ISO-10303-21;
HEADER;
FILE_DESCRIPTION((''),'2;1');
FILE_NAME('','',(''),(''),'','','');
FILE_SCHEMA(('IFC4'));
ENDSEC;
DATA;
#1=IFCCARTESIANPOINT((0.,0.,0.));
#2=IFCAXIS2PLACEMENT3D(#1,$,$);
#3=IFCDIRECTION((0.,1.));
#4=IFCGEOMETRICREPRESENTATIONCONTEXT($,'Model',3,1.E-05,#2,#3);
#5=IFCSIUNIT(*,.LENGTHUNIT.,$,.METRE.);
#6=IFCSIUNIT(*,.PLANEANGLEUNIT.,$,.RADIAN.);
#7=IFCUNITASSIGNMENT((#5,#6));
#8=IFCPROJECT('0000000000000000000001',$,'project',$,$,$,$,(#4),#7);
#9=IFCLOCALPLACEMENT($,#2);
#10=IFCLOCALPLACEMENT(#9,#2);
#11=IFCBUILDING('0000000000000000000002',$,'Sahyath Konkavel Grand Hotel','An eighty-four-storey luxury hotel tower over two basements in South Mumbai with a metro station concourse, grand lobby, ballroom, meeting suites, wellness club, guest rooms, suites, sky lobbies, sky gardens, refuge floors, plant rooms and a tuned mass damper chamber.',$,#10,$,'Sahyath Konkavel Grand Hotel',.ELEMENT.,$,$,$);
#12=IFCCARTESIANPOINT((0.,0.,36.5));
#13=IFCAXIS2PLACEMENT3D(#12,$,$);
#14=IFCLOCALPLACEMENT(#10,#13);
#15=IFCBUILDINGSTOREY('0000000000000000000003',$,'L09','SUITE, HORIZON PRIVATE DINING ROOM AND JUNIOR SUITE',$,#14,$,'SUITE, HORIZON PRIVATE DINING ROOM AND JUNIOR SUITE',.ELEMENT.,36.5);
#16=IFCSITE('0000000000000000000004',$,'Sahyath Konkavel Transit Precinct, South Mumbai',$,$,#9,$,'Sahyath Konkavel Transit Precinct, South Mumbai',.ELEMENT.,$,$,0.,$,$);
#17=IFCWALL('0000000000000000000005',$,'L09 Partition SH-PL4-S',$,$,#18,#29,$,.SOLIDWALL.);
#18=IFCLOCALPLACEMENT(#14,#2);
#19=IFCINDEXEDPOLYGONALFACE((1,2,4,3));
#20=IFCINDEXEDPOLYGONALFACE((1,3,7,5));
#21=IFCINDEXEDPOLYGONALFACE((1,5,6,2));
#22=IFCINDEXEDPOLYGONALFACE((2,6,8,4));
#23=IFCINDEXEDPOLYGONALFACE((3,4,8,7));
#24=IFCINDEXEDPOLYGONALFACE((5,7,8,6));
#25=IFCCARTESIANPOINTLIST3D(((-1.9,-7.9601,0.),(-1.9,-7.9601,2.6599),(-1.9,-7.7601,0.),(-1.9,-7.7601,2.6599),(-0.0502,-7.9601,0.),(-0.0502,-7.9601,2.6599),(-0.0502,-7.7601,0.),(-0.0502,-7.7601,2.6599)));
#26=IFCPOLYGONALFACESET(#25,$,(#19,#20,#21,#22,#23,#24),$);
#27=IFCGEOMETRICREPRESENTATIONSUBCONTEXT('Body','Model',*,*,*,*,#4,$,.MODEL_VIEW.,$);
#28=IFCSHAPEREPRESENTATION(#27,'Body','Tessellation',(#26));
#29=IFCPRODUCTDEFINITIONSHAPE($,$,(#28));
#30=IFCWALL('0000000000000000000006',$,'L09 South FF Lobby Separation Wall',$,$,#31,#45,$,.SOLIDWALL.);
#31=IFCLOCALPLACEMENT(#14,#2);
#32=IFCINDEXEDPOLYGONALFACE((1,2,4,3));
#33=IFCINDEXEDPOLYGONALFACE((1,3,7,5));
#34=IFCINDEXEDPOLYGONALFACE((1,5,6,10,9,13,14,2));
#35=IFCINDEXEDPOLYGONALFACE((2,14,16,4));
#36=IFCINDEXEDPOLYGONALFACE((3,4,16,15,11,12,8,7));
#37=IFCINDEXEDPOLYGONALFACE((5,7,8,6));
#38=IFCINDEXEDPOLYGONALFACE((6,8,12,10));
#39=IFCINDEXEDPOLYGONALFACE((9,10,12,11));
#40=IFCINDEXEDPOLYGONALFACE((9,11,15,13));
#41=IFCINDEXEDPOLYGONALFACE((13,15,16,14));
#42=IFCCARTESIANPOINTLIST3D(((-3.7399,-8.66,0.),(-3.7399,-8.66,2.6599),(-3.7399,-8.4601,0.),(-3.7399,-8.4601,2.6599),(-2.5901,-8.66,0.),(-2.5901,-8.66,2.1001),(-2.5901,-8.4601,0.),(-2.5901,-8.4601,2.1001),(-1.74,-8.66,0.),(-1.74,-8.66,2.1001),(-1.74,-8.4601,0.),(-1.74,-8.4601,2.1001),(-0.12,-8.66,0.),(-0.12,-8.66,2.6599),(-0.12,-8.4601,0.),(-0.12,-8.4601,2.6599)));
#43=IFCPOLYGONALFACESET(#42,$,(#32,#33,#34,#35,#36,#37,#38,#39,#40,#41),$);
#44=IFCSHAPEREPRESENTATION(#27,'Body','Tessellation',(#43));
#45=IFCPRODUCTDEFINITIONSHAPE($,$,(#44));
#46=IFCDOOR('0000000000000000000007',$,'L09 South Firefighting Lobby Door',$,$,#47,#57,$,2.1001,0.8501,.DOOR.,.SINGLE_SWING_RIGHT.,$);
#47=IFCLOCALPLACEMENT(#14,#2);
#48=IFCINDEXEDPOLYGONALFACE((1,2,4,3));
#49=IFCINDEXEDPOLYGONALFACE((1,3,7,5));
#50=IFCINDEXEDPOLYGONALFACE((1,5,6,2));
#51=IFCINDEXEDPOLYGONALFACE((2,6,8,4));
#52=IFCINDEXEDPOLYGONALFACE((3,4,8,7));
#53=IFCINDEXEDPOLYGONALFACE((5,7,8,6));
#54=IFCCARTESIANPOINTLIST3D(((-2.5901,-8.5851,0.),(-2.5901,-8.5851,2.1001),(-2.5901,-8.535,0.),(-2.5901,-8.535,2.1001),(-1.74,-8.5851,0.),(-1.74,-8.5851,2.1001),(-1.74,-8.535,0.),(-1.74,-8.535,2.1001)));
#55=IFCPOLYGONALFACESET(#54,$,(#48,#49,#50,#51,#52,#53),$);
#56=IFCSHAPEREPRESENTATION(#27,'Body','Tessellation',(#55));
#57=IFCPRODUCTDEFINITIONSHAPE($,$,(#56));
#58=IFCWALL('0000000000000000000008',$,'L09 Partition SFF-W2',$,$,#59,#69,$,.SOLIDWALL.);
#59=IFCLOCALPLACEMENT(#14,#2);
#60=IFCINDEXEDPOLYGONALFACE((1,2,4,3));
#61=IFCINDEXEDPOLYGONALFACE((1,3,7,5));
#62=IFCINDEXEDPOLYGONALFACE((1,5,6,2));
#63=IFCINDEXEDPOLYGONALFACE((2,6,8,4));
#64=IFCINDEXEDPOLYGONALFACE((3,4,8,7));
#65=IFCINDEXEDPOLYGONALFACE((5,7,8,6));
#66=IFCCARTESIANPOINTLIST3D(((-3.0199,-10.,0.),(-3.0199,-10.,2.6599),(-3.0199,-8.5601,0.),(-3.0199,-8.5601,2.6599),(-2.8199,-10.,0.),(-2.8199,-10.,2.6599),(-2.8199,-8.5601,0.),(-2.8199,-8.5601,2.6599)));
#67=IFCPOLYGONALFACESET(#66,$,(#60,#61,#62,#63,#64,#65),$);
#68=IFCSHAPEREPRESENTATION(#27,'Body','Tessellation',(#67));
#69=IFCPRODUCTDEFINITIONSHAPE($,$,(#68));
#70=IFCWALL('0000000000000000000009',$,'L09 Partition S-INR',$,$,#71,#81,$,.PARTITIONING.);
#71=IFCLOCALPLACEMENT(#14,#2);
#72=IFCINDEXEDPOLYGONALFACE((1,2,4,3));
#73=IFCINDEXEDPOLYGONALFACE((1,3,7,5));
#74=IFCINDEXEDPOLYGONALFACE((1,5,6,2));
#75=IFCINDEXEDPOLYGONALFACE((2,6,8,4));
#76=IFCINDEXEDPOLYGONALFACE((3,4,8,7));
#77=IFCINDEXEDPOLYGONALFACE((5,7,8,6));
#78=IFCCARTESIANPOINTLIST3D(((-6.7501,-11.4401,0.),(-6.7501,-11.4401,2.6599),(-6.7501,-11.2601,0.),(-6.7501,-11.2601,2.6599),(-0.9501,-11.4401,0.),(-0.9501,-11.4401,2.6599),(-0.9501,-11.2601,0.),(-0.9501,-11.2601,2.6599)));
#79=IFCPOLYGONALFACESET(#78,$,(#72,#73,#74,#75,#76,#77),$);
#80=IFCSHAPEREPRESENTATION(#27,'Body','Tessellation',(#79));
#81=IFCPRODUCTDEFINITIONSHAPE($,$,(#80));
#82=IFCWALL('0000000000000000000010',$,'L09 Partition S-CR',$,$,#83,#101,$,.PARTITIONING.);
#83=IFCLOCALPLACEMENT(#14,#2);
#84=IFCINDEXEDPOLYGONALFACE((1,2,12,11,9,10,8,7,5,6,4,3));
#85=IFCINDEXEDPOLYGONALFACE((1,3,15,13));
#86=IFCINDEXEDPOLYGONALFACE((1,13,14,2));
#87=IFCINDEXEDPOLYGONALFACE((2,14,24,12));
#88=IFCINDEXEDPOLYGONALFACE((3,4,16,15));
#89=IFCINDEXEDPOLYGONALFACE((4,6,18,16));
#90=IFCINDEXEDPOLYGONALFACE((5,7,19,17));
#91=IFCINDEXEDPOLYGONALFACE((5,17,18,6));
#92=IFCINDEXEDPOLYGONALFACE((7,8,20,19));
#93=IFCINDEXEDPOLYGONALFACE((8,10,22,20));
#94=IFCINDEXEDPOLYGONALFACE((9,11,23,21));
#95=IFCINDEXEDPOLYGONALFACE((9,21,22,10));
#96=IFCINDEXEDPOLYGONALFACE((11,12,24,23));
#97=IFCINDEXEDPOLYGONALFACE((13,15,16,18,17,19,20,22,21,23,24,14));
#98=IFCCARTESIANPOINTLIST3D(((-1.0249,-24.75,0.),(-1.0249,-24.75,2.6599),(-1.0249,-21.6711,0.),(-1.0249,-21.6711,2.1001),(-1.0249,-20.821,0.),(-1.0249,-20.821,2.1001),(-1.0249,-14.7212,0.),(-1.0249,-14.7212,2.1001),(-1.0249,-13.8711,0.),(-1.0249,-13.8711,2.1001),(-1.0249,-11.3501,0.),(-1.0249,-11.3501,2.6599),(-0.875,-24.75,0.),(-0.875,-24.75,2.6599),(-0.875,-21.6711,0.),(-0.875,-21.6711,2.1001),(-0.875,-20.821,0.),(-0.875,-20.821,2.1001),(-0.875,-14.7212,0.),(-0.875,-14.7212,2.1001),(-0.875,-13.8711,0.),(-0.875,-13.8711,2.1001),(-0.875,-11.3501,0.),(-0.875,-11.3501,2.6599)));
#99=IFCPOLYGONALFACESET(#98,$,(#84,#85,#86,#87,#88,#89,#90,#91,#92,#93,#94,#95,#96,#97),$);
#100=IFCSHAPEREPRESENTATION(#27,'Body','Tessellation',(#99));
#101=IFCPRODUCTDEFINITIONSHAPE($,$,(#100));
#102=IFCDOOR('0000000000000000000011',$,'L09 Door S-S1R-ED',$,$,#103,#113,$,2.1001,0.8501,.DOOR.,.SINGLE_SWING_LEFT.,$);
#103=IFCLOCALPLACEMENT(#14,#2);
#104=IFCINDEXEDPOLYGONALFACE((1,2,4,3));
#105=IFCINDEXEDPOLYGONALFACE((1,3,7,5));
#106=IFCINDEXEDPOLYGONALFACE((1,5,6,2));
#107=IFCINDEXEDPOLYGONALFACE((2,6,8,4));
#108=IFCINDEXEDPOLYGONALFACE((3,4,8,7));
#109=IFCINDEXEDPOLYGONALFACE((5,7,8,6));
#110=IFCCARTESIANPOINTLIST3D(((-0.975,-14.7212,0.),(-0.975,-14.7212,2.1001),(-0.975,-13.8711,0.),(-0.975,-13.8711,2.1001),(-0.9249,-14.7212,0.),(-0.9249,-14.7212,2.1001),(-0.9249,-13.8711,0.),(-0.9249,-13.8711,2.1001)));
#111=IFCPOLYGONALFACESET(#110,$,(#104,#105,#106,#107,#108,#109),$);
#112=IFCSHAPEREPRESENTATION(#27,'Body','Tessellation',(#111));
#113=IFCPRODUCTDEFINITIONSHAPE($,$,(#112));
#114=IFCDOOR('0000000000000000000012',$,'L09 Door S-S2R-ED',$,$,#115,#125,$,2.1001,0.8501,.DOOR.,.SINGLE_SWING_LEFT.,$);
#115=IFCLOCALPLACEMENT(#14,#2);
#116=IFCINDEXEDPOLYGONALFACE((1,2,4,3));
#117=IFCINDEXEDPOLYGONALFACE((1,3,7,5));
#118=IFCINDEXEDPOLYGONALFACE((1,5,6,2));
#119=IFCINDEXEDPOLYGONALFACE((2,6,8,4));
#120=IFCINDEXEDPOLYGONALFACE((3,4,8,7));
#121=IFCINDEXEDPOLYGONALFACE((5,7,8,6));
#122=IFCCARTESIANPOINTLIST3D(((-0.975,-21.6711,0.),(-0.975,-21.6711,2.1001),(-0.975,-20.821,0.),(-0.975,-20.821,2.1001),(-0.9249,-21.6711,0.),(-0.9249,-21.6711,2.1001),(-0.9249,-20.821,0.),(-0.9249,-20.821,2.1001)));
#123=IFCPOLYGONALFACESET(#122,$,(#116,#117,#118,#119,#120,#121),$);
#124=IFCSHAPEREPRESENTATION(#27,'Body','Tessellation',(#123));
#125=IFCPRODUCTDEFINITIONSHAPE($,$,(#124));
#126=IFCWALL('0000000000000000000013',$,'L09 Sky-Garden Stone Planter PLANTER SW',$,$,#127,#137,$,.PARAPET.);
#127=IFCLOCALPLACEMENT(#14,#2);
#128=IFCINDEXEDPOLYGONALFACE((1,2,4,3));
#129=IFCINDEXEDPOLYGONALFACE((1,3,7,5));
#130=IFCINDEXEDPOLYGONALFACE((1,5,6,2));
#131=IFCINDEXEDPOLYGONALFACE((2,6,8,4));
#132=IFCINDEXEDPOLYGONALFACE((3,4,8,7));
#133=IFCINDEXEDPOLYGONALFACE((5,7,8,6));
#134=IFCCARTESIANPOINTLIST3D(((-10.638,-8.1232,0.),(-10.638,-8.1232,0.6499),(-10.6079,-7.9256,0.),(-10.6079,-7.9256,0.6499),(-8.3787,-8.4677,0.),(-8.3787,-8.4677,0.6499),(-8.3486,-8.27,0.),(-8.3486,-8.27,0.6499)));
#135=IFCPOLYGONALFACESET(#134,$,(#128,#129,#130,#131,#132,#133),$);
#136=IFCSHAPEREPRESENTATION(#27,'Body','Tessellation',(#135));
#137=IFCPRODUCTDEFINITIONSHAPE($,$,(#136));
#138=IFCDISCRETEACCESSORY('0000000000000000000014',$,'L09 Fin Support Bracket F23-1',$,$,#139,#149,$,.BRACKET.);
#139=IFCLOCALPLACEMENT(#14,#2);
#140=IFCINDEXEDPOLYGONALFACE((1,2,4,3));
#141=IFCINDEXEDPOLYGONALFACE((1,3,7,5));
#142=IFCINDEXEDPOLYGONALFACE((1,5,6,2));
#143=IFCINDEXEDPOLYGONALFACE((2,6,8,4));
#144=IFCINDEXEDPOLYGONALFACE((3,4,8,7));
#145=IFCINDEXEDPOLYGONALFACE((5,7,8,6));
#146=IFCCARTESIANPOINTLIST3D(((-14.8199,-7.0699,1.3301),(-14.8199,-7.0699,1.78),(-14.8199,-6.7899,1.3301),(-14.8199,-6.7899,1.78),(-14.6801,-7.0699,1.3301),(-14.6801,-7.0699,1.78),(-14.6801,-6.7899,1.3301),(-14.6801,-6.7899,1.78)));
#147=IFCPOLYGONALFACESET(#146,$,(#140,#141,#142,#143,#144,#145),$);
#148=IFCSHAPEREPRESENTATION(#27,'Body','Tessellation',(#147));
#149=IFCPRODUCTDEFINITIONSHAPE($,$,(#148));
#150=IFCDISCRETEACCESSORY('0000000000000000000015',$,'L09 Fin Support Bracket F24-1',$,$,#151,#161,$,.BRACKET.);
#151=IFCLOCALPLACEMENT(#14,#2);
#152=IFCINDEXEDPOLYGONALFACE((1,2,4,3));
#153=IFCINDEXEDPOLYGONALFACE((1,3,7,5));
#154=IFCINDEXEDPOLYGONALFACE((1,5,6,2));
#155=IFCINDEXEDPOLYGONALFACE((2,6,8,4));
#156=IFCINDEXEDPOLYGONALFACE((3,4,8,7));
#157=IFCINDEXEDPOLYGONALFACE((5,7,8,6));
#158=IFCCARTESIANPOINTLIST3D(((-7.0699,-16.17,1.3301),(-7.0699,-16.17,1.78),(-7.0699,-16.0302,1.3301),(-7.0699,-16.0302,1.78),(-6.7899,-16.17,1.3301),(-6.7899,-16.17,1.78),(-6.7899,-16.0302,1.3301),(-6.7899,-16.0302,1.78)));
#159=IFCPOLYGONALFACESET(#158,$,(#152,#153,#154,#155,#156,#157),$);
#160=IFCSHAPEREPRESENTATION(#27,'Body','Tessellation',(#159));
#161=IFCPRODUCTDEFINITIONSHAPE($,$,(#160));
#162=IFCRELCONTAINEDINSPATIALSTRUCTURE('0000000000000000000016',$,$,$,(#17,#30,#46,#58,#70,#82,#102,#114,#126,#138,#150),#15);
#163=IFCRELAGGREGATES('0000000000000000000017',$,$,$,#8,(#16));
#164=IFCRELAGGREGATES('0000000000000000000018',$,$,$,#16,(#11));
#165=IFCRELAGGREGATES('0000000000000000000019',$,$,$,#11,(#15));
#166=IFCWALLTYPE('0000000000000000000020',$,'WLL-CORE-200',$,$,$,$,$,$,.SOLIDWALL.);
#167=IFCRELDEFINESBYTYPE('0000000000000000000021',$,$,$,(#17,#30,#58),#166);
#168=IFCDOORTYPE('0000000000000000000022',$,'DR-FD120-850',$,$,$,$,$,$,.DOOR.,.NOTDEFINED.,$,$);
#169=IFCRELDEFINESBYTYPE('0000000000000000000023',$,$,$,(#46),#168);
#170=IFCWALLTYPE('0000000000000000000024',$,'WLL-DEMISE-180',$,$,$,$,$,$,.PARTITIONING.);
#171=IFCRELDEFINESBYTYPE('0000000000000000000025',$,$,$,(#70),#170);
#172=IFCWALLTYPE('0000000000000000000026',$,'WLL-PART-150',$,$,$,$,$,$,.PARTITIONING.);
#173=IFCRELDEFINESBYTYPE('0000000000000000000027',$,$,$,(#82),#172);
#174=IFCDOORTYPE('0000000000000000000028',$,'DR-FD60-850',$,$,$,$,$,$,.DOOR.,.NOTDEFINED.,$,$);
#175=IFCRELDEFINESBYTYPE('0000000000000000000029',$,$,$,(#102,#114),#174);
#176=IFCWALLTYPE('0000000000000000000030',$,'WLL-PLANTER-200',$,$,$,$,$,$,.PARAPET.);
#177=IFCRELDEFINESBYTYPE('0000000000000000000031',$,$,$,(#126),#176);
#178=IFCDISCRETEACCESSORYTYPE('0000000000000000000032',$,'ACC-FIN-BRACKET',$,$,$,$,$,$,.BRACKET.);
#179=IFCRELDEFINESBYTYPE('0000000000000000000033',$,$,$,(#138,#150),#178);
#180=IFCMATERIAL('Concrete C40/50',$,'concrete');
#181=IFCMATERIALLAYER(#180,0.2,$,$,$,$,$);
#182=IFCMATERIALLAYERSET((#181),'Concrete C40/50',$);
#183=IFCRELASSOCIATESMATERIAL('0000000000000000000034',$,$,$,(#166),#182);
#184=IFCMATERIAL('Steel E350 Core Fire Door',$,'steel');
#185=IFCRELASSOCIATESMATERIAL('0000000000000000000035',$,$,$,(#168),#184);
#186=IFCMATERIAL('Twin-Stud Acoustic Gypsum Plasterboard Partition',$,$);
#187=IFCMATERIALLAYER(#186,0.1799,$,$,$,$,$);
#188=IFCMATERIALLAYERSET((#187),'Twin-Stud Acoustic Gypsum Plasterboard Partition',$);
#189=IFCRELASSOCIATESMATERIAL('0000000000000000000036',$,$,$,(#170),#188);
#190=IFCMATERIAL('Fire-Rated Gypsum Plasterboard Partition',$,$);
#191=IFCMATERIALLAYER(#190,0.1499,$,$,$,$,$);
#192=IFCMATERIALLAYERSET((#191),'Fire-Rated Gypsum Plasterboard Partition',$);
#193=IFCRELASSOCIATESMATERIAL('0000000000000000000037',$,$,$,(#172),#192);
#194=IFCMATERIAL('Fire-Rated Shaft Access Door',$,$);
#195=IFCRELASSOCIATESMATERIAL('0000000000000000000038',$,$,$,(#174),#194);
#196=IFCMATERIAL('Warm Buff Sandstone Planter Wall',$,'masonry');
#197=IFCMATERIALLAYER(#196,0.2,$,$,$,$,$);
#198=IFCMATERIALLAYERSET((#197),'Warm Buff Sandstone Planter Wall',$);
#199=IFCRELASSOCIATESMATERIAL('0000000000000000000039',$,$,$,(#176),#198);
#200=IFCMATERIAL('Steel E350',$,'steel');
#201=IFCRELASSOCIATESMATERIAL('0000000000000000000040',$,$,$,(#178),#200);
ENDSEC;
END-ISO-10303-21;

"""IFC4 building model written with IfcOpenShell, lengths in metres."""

from ifc_helpers import new_model, si_unit, direction, frame, frame_2d, origin, origin_2d, place, context, subcontext, project, spatial, rectangle, extrude, source, transform, mapped, material, layer, layer_set, type_object, element, fill, save


model = new_model("IFC4")

# Units and contexts
model_context = context("Model", 3, precision=1e-05, world=origin(), true_north=direction((0.0, 1.0)))
body_context = subcontext(model_context, "Body", "Model", "MODEL_VIEW")
ifc_project = project(units=[si_unit("LENGTHUNIT", "METRE"), si_unit("PLANEANGLEUNIT", "RADIAN")], contexts=[model_context])

# Site, building, storey
site_placement = place(None, origin())
site = spatial("IfcSite", under=ifc_project, at=site_placement, Name="Sahyath Konkavel Transit Precinct, South Mumbai", LongName="Sahyath Konkavel Transit Precinct, South Mumbai", CompositionType="ELEMENT", RefElevation=0.0)
building_placement = place(site_placement, origin())
building = spatial("IfcBuilding", under=site, at=building_placement, Name="Sahyath Konkavel Grand Hotel", Description="An eighty-four-storey luxury hotel tower over two basements in South Mumbai with a metro station concourse, grand lobby, ballroom, meeting suites, wellness club, guest rooms, suites, sky lobbies, sky gardens, refuge floors, plant rooms and a tuned mass damper chamber.", LongName="Sahyath Konkavel Grand Hotel", CompositionType="ELEMENT")
storey_placement = place(building_placement, frame((0.0, 0.0, 36.5)))
storey = spatial("IfcBuildingStorey", under=building, at=storey_placement, Name="L09", Description="SUITE, HORIZON PRIVATE DINING ROOM AND JUNIOR SUITE", LongName="SUITE, HORIZON PRIVATE DINING ROOM AND JUNIOR SUITE", CompositionType="ELEMENT", Elevation=36.5)

# Shared definitions
ifc_material_1 = material(Name="Steel E350", Category="steel")

# Wall
ifc_material_2 = material(Name="Concrete C40/50", Category="concrete")
ifc_layer_1 = layer(ifc_material_2, 0.2)
ifc_layer_set_1 = layer_set([ifc_layer_1], Name="Concrete C40/50")
wall_type_1 = type_object("IfcWallType", Name="WLL-CORE-200", PredefinedType="SOLIDWALL", material=ifc_layer_set_1)
wall_1_placement = place(storey_placement, frame((-1.8999, -7.8601, 0.0), z_axis=(0.0, 0.0, 1.0), x_axis=(1.0, 0.0, 0.0)))
element("IfcWall", 1, at=wall_1_placement, inside=storey, type_object=wall_type_1, Name="L09 Partition SH-PL4-S", PredefinedType="SOLIDWALL", context=body_context, shape_type="SweptSolid", body=[
    extrude(rectangle(XDim=1.8499, YDim=0.2, at=frame_2d((0.9248, 0.0))), origin(), (0.0, 0.0, 1.0), 2.6599),
])

# Wall, opening, door
wall_2_placement = place(storey_placement, frame((-3.74, -8.5601, 0.0), z_axis=(0.0, 0.0, 1.0), x_axis=(1.0, 0.0, 0.0)))
wall_2 = element("IfcWall", 2, at=wall_2_placement, inside=storey, type_object=wall_type_1, Name="L09 South FF Lobby Separation Wall", PredefinedType="SOLIDWALL", context=body_context, shape_type="SweptSolid", body=[
    extrude(rectangle(XDim=3.6199, YDim=0.2, at=frame_2d((1.8101, 0.0))), origin(), (0.0, 0.0, 1.0), 2.6599),
])
opening_1_placement = place(wall_2_placement, frame((1.1499, 0.0, 0.0)))
opening_1 = element("IfcOpeningElement", 3, at=opening_1_placement, cuts=wall_2, PredefinedType="OPENING", context=body_context, shape_type="SweptSolid", body=[
    extrude(rectangle(XDim=0.8501, YDim=2.1001, at=frame_2d((0.425, 1.05))), frame((0.0, 0.1099, 0.0), z_axis=(0.0, -1.0, 0.0), x_axis=(1.0, 0.0, 0.0)), (0.0, 0.0, 1.0), 0.22),
])
ifc_material_3 = material(Name="Steel E350 Core Fire Door", Category="steel")
door_type_1 = type_object("IfcDoorType", Name="DR-FD120-850", OperationType="NOTDEFINED", PredefinedType="DOOR", material=ifc_material_3)
shared_shape_1 = source(origin(), body_context, "Body", "SweptSolid", [
    extrude(rectangle(XDim=0.8501, YDim=0.05, at=origin_2d()), origin(), (0.0, 0.0, 1.0), 2.1001),
])
door_1_placement = place(opening_1_placement, frame((0.425, 0.0, 0.0)))
door_1 = element("IfcDoor", 4, at=door_1_placement, inside=storey, type_object=door_type_1, Name="L09 South Firefighting Lobby Door", OperationType="SINGLE_SWING_RIGHT", OverallHeight=2.1001, OverallWidth=0.8501, PredefinedType="DOOR", context=body_context, shape_type="MappedRepresentation", body=[
    mapped(shared_shape_1, transform((0.0, 0.0, 0.0), scale=1.0)),
])
fill(opening_1, door_1)

# Walls
wall_3_placement = place(storey_placement, frame((-2.9199, -10.0, 0.0), z_axis=(0.0, 0.0, 1.0), x_axis=(0.0, 1.0, 0.0)))
element("IfcWall", 5, at=wall_3_placement, inside=storey, type_object=wall_type_1, Name="L09 Partition SFF-W2", PredefinedType="SOLIDWALL", context=body_context, shape_type="SweptSolid", body=[
    extrude(rectangle(XDim=1.4399, YDim=0.2, at=frame_2d((0.72, 0.0))), origin(), (0.0, 0.0, 1.0), 2.6599),
])
ifc_material_4 = material(Name="Twin-Stud Acoustic Gypsum Plasterboard Partition")
ifc_layer_2 = layer(ifc_material_4, 0.1799)
ifc_layer_set_2 = layer_set([ifc_layer_2], Name="Twin-Stud Acoustic Gypsum Plasterboard Partition")
wall_type_2 = type_object("IfcWallType", Name="WLL-DEMISE-180", PredefinedType="PARTITIONING", material=ifc_layer_set_2)
wall_4_placement = place(storey_placement, frame((-6.75, -11.3501, 0.0), z_axis=(0.0, 0.0, 1.0), x_axis=(1.0, 0.0, 0.0)))
element("IfcWall", 6, at=wall_4_placement, inside=storey, type_object=wall_type_2, Name="L09 Partition S-INR", PredefinedType="PARTITIONING", context=body_context, shape_type="SweptSolid", body=[
    extrude(rectangle(XDim=5.8, YDim=0.1799, at=frame_2d((2.8999, 0.0))), origin(), (0.0, 0.0, 1.0), 2.6599),
])

# Wall, openings, doors
ifc_material_5 = material(Name="Fire-Rated Gypsum Plasterboard Partition")
ifc_layer_3 = layer(ifc_material_5, 0.1499)
ifc_layer_set_3 = layer_set([ifc_layer_3], Name="Fire-Rated Gypsum Plasterboard Partition")
wall_type_3 = type_object("IfcWallType", Name="WLL-PART-150", PredefinedType="PARTITIONING", material=ifc_layer_set_3)
wall_5_placement = place(storey_placement, frame((-0.95, -11.3501, 0.0), z_axis=(0.0, 0.0, 1.0), x_axis=(0.0, -1.0, 0.0)))
wall_5 = element("IfcWall", 7, at=wall_5_placement, inside=storey, type_object=wall_type_3, Name="L09 Partition S-CR", PredefinedType="PARTITIONING", context=body_context, shape_type="SweptSolid", body=[
    extrude(rectangle(XDim=13.3999, YDim=0.1499, at=frame_2d((6.7, 0.0))), origin(), (0.0, 0.0, 1.0), 2.6599),
])
opening_2_placement = place(wall_5_placement, frame((2.521, 0.0, 0.0)))
opening_2 = element("IfcOpeningElement", 8, at=opening_2_placement, cuts=wall_5, PredefinedType="OPENING", context=body_context, shape_type="SweptSolid", body=[
    extrude(rectangle(XDim=0.8501, YDim=2.1001, at=frame_2d((0.425, 1.05))), frame((0.0, 0.085, 0.0), z_axis=(0.0, -1.0, 0.0), x_axis=(1.0, 0.0, 0.0)), (0.0, 0.0, 1.0), 0.1699),
])
opening_3_placement = place(wall_5_placement, frame((9.4709, 0.0, 0.0)))
opening_3 = element("IfcOpeningElement", 9, at=opening_3_placement, cuts=wall_5, PredefinedType="OPENING", context=body_context, shape_type="SweptSolid", body=[
    extrude(rectangle(XDim=0.8501, YDim=2.1001, at=frame_2d((0.425, 1.05))), frame((0.0, 0.085, 0.0), z_axis=(0.0, -1.0, 0.0), x_axis=(1.0, 0.0, 0.0)), (0.0, 0.0, 1.0), 0.1699),
])
ifc_material_6 = material(Name="Fire-Rated Shaft Access Door")
door_type_2 = type_object("IfcDoorType", Name="DR-FD60-850", OperationType="NOTDEFINED", PredefinedType="DOOR", material=ifc_material_6)
door_2_placement = place(opening_2_placement, frame((0.425, 0.0, 0.0)))
door_2 = element("IfcDoor", 10, at=door_2_placement, inside=storey, type_object=door_type_2, Name="L09 Door S-S1R-ED", OperationType="SINGLE_SWING_LEFT", OverallHeight=2.1001, OverallWidth=0.8501, PredefinedType="DOOR", context=body_context, shape_type="MappedRepresentation", body=[
    mapped(shared_shape_1, transform((0.0, 0.0, 0.0), scale=1.0)),
])
fill(opening_2, door_2)
door_3_placement = place(opening_3_placement, frame((0.425, 0.0, 0.0)))
door_3 = element("IfcDoor", 11, at=door_3_placement, inside=storey, type_object=door_type_2, Name="L09 Door S-S2R-ED", OperationType="SINGLE_SWING_LEFT", OverallHeight=2.1001, OverallWidth=0.8501, PredefinedType="DOOR", context=body_context, shape_type="MappedRepresentation", body=[
    mapped(shared_shape_1, transform((0.0, 0.0, 0.0), scale=1.0)),
])
fill(opening_3, door_3)

# Wall
ifc_material_7 = material(Name="Warm Buff Sandstone Planter Wall", Category="masonry")
ifc_layer_4 = layer(ifc_material_7, 0.2)
ifc_layer_set_4 = layer_set([ifc_layer_4], Name="Warm Buff Sandstone Planter Wall")
wall_type_4 = type_object("IfcWallType", Name="WLL-PLANTER-200", PredefinedType="PARAPET", material=ifc_layer_set_4)
wall_6_placement = place(storey_placement, frame((-10.6228, -8.0244, 0.0), z_axis=(0.0, 0.0, 1.0), x_axis=(0.988575, -0.150733, 0.0)))
element("IfcWall", 12, at=wall_6_placement, inside=storey, type_object=wall_type_4, Name="L09 Sky-Garden Stone Planter PLANTER SW", PredefinedType="PARAPET", context=body_context, shape_type="SweptSolid", body=[
    extrude(rectangle(XDim=2.2854, YDim=0.2, at=frame_2d((1.1426, 0.0))), origin(), (0.0, 0.0, 1.0), 0.6499),
])

# Discrete accessories
discrete_accessory_type = type_object("IfcDiscreteAccessoryType", Name="ACC-FIN-BRACKET", PredefinedType="BRACKET", material=ifc_material_1)
shared_shape_2 = source(origin(), body_context, "Body", "SweptSolid", [
    extrude(rectangle(XDim=0.28, YDim=0.1399, at=origin_2d()), origin(), (0.0, 0.0, 1.0), 0.45),
])
for number, where, z_axis, x_axis, name in (
    (13, (-14.75, -6.9299, 1.3301), (0.0, 0.0, 1.0), (0.0, -1.0, 0.0), "L09 Fin Support Bracket F23-1"),
    (14, (-6.9299, -16.1001, 1.3301), (0.0, 0.0, 1.0), (-1.0, 0.0, 0.0), "L09 Fin Support Bracket F24-1"),
):
    element("IfcDiscreteAccessory", number, at=place(storey_placement, frame(where, z_axis=z_axis, x_axis=x_axis)), inside=storey, type_object=discrete_accessory_type, Name=name, PredefinedType="BRACKET", context=body_context, shape_type="MappedRepresentation", body=[
        mapped(shared_shape_2, transform((0.0, 0.0, 0.0), scale=1.0)),
    ])

save(model, "model.ifc")
